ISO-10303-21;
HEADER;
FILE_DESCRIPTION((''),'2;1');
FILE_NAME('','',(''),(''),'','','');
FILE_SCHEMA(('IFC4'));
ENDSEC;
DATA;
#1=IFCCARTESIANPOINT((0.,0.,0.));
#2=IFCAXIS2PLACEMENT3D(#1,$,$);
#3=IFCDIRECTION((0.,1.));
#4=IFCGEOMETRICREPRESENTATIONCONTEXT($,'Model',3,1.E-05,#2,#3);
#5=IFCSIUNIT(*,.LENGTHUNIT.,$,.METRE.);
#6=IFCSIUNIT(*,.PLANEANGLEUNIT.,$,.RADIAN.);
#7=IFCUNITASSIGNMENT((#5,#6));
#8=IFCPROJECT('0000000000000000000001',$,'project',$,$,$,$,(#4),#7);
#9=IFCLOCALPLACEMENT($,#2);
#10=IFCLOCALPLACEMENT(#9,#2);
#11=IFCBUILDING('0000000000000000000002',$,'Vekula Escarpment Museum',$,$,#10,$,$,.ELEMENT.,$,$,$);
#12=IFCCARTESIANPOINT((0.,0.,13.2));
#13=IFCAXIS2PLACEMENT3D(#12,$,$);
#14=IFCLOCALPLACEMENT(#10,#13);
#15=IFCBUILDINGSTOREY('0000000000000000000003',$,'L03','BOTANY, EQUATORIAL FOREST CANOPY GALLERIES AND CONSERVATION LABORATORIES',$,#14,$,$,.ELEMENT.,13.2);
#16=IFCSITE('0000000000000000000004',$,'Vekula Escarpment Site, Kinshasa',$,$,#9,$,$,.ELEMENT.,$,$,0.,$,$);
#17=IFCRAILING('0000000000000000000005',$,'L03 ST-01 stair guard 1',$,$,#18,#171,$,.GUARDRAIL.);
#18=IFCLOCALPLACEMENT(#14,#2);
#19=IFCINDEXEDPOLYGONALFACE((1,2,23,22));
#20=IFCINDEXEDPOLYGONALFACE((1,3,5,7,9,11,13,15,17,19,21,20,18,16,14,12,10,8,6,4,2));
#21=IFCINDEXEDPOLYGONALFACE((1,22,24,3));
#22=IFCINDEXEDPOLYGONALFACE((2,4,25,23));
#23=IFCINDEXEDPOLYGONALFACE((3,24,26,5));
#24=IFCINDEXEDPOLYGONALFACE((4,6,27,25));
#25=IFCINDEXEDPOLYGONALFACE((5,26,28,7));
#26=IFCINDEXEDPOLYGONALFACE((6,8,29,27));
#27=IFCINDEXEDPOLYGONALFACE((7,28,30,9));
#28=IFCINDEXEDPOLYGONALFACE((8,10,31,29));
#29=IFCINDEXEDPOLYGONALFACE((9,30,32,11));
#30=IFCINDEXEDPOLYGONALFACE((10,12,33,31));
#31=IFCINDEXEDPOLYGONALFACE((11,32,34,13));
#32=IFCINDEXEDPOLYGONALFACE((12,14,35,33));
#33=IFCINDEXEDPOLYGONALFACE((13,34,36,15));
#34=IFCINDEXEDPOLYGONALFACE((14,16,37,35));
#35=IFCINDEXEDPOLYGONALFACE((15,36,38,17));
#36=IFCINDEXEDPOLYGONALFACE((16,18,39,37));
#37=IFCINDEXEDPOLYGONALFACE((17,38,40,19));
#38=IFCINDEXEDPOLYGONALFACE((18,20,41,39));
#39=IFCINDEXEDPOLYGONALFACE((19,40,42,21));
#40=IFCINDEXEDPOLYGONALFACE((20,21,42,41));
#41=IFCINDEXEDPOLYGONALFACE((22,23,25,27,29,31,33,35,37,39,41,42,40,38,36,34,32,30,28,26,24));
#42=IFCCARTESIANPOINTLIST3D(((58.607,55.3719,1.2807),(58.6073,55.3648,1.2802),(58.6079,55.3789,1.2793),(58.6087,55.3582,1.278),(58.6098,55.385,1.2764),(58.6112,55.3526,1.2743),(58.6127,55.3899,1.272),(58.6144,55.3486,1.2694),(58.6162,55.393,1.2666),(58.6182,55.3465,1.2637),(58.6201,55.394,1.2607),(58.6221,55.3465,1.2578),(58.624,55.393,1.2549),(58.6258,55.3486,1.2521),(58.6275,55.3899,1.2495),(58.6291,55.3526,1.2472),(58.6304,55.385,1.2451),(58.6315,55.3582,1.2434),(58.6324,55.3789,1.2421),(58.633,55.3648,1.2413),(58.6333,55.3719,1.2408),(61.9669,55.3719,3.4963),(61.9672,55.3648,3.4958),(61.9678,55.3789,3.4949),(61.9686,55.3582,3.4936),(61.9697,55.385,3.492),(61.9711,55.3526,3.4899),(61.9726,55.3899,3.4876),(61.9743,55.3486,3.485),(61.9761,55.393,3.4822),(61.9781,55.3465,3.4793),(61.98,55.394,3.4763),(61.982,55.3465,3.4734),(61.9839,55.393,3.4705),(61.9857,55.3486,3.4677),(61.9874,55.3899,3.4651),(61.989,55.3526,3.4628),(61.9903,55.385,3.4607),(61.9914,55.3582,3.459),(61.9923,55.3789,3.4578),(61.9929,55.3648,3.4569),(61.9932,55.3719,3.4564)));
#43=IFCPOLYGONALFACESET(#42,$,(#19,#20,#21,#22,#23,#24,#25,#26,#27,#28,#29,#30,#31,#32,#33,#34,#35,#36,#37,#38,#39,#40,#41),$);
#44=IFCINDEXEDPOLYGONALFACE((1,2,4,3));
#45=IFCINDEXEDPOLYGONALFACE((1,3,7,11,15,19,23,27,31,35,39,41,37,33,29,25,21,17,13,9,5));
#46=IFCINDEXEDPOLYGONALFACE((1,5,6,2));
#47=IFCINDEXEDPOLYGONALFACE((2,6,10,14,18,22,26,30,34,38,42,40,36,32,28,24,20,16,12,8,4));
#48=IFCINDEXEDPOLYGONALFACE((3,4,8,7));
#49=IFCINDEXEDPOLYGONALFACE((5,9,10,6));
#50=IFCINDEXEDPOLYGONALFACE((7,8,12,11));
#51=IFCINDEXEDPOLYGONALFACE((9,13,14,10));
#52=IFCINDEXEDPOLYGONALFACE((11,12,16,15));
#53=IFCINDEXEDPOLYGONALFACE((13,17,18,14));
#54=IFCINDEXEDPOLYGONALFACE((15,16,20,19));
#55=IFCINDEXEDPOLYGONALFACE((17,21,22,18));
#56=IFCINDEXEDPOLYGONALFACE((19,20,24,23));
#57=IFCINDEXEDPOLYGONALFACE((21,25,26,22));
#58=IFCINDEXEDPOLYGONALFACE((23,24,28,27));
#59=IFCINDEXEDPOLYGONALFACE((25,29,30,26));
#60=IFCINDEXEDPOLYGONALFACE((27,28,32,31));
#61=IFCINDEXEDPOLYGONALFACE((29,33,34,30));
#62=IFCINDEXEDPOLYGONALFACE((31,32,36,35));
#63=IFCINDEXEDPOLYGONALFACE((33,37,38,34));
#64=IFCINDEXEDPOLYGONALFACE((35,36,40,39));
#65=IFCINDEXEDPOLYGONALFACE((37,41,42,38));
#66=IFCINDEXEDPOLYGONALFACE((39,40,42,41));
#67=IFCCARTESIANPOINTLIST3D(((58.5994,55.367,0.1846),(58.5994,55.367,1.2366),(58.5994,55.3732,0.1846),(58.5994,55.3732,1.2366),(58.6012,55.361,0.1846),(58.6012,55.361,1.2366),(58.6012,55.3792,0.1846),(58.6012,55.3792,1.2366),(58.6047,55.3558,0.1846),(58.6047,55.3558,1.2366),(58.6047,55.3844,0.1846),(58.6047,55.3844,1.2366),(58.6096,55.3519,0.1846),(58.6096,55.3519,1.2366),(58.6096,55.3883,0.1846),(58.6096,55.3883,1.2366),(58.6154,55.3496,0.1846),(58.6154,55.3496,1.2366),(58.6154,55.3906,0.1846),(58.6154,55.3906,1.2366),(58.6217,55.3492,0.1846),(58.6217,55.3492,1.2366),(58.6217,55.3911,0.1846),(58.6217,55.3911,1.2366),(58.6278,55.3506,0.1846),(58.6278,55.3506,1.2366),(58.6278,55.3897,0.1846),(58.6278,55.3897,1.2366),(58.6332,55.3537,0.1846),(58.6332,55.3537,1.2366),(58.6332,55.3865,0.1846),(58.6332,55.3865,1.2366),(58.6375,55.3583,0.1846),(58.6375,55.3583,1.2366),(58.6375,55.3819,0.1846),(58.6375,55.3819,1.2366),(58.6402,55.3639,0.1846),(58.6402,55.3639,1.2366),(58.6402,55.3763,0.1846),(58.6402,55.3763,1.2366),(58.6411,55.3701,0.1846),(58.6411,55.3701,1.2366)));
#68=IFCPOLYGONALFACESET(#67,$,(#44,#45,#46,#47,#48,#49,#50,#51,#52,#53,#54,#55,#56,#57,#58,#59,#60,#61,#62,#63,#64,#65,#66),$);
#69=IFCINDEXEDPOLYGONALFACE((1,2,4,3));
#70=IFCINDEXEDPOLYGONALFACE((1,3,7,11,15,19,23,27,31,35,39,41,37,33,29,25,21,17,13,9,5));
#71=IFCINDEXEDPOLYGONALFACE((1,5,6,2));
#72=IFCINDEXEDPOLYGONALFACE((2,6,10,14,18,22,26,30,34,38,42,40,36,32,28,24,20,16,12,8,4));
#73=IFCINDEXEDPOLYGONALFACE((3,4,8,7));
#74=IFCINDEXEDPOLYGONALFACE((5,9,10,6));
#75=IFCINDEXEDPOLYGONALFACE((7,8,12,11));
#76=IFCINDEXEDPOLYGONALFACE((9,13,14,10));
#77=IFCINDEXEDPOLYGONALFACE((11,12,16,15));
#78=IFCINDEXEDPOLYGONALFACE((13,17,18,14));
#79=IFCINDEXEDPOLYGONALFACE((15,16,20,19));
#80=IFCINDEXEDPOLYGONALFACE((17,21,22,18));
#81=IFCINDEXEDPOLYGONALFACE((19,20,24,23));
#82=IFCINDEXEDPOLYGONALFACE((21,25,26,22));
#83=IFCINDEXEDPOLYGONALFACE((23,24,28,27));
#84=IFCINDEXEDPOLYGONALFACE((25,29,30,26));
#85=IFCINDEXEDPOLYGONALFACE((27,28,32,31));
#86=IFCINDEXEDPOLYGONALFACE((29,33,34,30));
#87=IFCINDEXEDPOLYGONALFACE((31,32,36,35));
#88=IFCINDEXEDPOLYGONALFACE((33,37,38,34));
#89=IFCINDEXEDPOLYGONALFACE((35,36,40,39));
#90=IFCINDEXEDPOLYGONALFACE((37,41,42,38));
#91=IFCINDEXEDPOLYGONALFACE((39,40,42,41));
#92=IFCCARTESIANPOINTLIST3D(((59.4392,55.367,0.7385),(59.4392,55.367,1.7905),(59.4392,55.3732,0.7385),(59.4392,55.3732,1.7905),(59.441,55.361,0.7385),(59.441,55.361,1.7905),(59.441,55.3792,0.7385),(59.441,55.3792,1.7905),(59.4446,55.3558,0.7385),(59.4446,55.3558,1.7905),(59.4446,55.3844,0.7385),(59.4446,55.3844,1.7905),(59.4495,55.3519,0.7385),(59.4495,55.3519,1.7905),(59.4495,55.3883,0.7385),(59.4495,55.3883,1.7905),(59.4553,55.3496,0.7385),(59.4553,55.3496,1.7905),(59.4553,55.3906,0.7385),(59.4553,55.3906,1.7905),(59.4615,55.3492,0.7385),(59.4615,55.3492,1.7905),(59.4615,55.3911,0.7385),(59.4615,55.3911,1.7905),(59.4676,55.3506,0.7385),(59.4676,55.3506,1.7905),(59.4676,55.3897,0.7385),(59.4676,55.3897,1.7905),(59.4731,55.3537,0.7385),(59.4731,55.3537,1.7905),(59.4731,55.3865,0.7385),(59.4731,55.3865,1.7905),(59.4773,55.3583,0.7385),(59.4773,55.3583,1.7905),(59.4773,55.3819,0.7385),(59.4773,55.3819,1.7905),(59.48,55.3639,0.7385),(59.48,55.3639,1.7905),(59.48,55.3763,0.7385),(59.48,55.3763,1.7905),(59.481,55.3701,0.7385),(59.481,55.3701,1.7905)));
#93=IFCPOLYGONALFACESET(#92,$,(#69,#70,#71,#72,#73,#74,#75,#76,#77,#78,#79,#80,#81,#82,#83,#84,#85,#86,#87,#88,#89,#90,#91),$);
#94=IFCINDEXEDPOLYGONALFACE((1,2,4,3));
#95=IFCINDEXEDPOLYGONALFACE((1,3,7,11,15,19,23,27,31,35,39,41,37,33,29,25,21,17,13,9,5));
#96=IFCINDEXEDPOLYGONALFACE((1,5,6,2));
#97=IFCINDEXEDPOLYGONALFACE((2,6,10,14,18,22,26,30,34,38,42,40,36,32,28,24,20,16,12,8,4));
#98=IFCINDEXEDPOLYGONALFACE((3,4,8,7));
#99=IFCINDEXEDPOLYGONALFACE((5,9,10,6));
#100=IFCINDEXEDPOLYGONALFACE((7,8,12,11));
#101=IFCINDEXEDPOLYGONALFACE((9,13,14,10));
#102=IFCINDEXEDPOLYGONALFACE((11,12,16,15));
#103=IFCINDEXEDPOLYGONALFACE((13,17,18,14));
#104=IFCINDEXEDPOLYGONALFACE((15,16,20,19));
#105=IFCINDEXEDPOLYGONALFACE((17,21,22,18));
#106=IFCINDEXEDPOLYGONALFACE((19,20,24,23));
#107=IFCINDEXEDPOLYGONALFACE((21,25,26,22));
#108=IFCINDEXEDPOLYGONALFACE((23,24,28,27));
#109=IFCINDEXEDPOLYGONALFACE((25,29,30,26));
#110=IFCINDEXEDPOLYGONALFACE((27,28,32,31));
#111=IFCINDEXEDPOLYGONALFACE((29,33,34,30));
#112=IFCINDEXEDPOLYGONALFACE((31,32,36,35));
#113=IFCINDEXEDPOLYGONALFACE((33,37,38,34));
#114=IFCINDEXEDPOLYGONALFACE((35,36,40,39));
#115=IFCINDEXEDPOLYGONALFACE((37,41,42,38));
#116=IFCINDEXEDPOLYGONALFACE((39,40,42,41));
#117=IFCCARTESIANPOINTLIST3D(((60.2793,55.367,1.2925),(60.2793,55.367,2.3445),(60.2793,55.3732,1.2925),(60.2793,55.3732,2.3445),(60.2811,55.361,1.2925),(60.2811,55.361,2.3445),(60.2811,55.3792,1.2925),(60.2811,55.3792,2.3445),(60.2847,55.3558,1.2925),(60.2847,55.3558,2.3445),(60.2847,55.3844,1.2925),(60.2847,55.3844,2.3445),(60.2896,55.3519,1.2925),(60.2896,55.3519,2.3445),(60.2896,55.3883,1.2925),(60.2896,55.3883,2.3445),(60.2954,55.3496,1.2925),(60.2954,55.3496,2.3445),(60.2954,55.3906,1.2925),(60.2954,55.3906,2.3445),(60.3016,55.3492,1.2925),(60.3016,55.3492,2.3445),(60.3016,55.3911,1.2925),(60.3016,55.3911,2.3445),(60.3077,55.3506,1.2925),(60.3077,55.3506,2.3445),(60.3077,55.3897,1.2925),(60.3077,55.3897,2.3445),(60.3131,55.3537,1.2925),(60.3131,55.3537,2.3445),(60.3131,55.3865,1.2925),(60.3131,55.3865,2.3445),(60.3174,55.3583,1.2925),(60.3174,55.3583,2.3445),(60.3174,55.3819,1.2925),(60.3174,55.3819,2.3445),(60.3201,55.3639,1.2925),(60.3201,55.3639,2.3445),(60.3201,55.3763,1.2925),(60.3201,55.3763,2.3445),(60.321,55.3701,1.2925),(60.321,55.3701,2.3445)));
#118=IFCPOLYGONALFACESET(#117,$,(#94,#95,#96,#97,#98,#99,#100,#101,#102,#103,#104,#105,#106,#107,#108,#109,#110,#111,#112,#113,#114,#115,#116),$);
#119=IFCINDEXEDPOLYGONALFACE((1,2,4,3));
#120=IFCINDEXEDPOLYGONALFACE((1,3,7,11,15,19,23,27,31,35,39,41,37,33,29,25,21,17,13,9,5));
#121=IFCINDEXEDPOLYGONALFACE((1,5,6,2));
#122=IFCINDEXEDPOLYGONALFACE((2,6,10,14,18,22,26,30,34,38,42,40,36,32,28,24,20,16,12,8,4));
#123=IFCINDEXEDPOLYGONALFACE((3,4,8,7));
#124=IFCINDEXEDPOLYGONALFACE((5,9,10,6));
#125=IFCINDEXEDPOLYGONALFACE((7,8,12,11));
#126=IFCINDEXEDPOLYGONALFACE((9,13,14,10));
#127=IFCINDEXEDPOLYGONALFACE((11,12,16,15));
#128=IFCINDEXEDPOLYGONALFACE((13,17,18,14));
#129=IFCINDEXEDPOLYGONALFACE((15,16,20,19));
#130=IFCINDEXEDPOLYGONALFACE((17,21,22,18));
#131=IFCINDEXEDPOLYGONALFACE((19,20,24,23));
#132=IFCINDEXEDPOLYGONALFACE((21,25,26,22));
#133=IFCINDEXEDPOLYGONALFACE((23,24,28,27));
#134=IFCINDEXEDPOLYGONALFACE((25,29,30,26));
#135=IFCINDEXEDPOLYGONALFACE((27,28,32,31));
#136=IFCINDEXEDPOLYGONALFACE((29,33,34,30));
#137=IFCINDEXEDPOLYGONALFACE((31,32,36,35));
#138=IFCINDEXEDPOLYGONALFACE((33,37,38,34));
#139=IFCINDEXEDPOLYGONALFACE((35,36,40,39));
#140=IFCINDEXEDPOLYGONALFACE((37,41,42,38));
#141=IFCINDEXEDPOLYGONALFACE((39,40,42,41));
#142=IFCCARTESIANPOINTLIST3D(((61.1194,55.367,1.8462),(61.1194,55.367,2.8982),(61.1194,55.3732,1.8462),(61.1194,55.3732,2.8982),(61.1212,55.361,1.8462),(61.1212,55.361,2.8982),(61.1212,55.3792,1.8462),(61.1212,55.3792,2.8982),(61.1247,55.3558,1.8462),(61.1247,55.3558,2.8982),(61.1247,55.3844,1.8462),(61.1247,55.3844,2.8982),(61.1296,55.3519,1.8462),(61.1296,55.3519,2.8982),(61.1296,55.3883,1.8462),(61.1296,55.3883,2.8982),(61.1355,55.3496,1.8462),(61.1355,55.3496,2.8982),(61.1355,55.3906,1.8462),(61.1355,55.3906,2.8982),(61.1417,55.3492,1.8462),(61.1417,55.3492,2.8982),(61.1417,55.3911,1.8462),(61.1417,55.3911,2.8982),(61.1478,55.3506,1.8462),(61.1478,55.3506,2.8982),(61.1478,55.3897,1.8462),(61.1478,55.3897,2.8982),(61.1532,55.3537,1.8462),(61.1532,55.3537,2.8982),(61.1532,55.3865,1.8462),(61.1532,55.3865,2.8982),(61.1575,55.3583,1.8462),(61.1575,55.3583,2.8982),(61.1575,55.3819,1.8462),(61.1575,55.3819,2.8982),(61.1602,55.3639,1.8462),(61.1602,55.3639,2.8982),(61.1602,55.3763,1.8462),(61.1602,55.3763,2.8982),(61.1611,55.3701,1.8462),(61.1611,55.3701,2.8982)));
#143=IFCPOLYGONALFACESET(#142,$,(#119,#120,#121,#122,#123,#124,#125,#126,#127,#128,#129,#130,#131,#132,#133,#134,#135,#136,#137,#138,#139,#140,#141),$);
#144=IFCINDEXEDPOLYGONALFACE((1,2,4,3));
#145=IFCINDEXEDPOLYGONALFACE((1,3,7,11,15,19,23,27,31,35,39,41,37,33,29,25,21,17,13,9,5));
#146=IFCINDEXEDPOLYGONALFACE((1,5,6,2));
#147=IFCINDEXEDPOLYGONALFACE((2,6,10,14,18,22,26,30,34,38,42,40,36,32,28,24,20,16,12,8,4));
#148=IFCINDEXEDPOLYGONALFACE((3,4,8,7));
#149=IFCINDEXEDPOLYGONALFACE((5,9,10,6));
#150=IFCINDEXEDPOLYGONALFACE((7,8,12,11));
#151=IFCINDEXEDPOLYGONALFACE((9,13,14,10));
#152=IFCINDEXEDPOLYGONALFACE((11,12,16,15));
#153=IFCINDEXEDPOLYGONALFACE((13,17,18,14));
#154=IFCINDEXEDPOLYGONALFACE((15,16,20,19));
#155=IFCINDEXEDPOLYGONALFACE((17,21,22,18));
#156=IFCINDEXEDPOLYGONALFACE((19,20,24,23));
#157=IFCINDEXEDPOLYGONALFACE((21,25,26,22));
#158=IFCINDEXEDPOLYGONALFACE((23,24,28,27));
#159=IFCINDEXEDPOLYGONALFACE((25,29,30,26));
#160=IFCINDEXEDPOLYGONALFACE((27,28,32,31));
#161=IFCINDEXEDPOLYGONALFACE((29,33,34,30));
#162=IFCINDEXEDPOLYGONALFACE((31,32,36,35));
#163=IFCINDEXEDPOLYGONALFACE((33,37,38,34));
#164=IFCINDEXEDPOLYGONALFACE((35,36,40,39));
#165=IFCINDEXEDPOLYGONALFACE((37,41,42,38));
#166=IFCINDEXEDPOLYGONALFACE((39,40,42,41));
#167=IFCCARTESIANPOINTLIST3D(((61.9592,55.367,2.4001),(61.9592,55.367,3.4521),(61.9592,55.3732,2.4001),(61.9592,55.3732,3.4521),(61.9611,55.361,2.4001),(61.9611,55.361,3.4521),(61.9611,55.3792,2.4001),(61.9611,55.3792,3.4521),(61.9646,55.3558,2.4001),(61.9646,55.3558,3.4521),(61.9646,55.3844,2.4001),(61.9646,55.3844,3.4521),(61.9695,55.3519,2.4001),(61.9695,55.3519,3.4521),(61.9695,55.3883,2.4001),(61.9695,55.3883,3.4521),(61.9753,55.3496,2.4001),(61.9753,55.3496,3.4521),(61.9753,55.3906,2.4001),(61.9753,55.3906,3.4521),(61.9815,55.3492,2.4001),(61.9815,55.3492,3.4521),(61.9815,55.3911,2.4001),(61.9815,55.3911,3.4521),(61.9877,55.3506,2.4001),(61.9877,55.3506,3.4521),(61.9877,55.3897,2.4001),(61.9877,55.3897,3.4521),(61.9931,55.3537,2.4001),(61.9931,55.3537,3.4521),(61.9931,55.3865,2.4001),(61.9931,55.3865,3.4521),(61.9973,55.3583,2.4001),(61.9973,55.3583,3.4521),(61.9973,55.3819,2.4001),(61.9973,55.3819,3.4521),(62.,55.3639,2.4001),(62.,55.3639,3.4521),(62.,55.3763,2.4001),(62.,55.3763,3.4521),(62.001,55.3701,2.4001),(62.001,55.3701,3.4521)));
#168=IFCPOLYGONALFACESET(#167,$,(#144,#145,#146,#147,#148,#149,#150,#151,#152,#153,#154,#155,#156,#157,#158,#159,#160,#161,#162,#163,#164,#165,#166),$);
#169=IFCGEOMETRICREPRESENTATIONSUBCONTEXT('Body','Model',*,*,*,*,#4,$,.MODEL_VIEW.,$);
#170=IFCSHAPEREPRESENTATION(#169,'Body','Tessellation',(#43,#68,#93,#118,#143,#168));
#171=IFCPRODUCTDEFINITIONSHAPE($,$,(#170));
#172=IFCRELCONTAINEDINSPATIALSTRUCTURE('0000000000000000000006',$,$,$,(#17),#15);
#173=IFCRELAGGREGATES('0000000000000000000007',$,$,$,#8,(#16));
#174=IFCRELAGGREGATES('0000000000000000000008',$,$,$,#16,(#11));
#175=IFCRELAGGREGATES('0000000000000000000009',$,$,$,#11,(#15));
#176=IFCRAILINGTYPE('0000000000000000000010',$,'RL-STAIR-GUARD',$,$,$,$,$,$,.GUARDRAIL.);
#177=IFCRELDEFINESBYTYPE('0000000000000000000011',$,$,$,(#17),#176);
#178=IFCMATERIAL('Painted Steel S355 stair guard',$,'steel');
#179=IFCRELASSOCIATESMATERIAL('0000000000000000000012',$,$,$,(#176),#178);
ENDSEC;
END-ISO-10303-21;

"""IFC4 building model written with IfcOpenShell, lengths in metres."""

from ifc_helpers import new_model, si_unit, direction, frame, origin, origin_2d, place, context, subcontext, project, spatial, circle, extrude, material, type_object, element, save


model = new_model("IFC4")

# Units and contexts
model_context = context("Model", 3, precision=1e-05, world=origin(), true_north=direction((0.0, 1.0)))
body_context = subcontext(model_context, "Body", "Model", "MODEL_VIEW")
ifc_project = project(units=[si_unit("LENGTHUNIT", "METRE"), si_unit("PLANEANGLEUNIT", "RADIAN")], contexts=[model_context])

# Site, building, storey
site_placement = place(None, origin())
site = spatial("IfcSite", under=ifc_project, at=site_placement, Name="Vekula Escarpment Site, Kinshasa", CompositionType="ELEMENT", RefElevation=0.0)
building_placement = place(site_placement, origin())
building = spatial("IfcBuilding", under=site, at=building_placement, Name="Vekula Escarpment Museum", CompositionType="ELEMENT")
storey_placement = place(building_placement, frame((0.0, 0.0, 13.2)))
storey = spatial("IfcBuildingStorey", under=building, at=storey_placement, Name="L03", Description="BOTANY, EQUATORIAL FOREST CANOPY GALLERIES AND CONSERVATION LABORATORIES", CompositionType="ELEMENT", Elevation=13.2)

# Railing
ifc_material_1 = material(Name="Painted Steel S355 stair guard", Category="steel")
railing_type_1 = type_object("IfcRailingType", Name="RL-STAIR-GUARD", PredefinedType="GUARDRAIL", material=ifc_material_1)
railing_1_placement = place(storey_placement, frame((58.6201, 55.3701, 0.1846)))
element("IfcRailing", 1, at=railing_1_placement, inside=storey, type_object=railing_type_1, Name="L03 ST-01 stair guard 1", PredefinedType="GUARDRAIL", context=body_context, shape_type="SweptSolid", body=[
    extrude(circle(Radius=0.0239, at=origin_2d()), frame((0.0, 0.0, 1.0762), z_axis=(0.83483, 0.0, 0.550508), x_axis=(0.0, 1.0, 0.0)), (0.0, 0.0, 1.0), 4.0247),
    extrude(circle(Radius=0.021, at=origin_2d()), origin(), (0.0, 0.0, 1.0), 1.052),
    extrude(circle(Radius=0.021, at=origin_2d()), frame((0.8398, 0.0, 0.554)), (0.0, 0.0, 1.0), 1.052),
    extrude(circle(Radius=0.021, at=origin_2d()), frame((1.6799, 0.0, 1.1079)), (0.0, 0.0, 1.0), 1.052),
    extrude(circle(Radius=0.021, at=origin_2d()), frame((2.52, 0.0, 1.6616)), (0.0, 0.0, 1.0), 1.052),
    extrude(circle(Radius=0.021, at=origin_2d()), frame((3.3599, 0.0, 2.2156)), (0.0, 0.0, 1.0), 1.052),
])

save(model, "model.ifc")
